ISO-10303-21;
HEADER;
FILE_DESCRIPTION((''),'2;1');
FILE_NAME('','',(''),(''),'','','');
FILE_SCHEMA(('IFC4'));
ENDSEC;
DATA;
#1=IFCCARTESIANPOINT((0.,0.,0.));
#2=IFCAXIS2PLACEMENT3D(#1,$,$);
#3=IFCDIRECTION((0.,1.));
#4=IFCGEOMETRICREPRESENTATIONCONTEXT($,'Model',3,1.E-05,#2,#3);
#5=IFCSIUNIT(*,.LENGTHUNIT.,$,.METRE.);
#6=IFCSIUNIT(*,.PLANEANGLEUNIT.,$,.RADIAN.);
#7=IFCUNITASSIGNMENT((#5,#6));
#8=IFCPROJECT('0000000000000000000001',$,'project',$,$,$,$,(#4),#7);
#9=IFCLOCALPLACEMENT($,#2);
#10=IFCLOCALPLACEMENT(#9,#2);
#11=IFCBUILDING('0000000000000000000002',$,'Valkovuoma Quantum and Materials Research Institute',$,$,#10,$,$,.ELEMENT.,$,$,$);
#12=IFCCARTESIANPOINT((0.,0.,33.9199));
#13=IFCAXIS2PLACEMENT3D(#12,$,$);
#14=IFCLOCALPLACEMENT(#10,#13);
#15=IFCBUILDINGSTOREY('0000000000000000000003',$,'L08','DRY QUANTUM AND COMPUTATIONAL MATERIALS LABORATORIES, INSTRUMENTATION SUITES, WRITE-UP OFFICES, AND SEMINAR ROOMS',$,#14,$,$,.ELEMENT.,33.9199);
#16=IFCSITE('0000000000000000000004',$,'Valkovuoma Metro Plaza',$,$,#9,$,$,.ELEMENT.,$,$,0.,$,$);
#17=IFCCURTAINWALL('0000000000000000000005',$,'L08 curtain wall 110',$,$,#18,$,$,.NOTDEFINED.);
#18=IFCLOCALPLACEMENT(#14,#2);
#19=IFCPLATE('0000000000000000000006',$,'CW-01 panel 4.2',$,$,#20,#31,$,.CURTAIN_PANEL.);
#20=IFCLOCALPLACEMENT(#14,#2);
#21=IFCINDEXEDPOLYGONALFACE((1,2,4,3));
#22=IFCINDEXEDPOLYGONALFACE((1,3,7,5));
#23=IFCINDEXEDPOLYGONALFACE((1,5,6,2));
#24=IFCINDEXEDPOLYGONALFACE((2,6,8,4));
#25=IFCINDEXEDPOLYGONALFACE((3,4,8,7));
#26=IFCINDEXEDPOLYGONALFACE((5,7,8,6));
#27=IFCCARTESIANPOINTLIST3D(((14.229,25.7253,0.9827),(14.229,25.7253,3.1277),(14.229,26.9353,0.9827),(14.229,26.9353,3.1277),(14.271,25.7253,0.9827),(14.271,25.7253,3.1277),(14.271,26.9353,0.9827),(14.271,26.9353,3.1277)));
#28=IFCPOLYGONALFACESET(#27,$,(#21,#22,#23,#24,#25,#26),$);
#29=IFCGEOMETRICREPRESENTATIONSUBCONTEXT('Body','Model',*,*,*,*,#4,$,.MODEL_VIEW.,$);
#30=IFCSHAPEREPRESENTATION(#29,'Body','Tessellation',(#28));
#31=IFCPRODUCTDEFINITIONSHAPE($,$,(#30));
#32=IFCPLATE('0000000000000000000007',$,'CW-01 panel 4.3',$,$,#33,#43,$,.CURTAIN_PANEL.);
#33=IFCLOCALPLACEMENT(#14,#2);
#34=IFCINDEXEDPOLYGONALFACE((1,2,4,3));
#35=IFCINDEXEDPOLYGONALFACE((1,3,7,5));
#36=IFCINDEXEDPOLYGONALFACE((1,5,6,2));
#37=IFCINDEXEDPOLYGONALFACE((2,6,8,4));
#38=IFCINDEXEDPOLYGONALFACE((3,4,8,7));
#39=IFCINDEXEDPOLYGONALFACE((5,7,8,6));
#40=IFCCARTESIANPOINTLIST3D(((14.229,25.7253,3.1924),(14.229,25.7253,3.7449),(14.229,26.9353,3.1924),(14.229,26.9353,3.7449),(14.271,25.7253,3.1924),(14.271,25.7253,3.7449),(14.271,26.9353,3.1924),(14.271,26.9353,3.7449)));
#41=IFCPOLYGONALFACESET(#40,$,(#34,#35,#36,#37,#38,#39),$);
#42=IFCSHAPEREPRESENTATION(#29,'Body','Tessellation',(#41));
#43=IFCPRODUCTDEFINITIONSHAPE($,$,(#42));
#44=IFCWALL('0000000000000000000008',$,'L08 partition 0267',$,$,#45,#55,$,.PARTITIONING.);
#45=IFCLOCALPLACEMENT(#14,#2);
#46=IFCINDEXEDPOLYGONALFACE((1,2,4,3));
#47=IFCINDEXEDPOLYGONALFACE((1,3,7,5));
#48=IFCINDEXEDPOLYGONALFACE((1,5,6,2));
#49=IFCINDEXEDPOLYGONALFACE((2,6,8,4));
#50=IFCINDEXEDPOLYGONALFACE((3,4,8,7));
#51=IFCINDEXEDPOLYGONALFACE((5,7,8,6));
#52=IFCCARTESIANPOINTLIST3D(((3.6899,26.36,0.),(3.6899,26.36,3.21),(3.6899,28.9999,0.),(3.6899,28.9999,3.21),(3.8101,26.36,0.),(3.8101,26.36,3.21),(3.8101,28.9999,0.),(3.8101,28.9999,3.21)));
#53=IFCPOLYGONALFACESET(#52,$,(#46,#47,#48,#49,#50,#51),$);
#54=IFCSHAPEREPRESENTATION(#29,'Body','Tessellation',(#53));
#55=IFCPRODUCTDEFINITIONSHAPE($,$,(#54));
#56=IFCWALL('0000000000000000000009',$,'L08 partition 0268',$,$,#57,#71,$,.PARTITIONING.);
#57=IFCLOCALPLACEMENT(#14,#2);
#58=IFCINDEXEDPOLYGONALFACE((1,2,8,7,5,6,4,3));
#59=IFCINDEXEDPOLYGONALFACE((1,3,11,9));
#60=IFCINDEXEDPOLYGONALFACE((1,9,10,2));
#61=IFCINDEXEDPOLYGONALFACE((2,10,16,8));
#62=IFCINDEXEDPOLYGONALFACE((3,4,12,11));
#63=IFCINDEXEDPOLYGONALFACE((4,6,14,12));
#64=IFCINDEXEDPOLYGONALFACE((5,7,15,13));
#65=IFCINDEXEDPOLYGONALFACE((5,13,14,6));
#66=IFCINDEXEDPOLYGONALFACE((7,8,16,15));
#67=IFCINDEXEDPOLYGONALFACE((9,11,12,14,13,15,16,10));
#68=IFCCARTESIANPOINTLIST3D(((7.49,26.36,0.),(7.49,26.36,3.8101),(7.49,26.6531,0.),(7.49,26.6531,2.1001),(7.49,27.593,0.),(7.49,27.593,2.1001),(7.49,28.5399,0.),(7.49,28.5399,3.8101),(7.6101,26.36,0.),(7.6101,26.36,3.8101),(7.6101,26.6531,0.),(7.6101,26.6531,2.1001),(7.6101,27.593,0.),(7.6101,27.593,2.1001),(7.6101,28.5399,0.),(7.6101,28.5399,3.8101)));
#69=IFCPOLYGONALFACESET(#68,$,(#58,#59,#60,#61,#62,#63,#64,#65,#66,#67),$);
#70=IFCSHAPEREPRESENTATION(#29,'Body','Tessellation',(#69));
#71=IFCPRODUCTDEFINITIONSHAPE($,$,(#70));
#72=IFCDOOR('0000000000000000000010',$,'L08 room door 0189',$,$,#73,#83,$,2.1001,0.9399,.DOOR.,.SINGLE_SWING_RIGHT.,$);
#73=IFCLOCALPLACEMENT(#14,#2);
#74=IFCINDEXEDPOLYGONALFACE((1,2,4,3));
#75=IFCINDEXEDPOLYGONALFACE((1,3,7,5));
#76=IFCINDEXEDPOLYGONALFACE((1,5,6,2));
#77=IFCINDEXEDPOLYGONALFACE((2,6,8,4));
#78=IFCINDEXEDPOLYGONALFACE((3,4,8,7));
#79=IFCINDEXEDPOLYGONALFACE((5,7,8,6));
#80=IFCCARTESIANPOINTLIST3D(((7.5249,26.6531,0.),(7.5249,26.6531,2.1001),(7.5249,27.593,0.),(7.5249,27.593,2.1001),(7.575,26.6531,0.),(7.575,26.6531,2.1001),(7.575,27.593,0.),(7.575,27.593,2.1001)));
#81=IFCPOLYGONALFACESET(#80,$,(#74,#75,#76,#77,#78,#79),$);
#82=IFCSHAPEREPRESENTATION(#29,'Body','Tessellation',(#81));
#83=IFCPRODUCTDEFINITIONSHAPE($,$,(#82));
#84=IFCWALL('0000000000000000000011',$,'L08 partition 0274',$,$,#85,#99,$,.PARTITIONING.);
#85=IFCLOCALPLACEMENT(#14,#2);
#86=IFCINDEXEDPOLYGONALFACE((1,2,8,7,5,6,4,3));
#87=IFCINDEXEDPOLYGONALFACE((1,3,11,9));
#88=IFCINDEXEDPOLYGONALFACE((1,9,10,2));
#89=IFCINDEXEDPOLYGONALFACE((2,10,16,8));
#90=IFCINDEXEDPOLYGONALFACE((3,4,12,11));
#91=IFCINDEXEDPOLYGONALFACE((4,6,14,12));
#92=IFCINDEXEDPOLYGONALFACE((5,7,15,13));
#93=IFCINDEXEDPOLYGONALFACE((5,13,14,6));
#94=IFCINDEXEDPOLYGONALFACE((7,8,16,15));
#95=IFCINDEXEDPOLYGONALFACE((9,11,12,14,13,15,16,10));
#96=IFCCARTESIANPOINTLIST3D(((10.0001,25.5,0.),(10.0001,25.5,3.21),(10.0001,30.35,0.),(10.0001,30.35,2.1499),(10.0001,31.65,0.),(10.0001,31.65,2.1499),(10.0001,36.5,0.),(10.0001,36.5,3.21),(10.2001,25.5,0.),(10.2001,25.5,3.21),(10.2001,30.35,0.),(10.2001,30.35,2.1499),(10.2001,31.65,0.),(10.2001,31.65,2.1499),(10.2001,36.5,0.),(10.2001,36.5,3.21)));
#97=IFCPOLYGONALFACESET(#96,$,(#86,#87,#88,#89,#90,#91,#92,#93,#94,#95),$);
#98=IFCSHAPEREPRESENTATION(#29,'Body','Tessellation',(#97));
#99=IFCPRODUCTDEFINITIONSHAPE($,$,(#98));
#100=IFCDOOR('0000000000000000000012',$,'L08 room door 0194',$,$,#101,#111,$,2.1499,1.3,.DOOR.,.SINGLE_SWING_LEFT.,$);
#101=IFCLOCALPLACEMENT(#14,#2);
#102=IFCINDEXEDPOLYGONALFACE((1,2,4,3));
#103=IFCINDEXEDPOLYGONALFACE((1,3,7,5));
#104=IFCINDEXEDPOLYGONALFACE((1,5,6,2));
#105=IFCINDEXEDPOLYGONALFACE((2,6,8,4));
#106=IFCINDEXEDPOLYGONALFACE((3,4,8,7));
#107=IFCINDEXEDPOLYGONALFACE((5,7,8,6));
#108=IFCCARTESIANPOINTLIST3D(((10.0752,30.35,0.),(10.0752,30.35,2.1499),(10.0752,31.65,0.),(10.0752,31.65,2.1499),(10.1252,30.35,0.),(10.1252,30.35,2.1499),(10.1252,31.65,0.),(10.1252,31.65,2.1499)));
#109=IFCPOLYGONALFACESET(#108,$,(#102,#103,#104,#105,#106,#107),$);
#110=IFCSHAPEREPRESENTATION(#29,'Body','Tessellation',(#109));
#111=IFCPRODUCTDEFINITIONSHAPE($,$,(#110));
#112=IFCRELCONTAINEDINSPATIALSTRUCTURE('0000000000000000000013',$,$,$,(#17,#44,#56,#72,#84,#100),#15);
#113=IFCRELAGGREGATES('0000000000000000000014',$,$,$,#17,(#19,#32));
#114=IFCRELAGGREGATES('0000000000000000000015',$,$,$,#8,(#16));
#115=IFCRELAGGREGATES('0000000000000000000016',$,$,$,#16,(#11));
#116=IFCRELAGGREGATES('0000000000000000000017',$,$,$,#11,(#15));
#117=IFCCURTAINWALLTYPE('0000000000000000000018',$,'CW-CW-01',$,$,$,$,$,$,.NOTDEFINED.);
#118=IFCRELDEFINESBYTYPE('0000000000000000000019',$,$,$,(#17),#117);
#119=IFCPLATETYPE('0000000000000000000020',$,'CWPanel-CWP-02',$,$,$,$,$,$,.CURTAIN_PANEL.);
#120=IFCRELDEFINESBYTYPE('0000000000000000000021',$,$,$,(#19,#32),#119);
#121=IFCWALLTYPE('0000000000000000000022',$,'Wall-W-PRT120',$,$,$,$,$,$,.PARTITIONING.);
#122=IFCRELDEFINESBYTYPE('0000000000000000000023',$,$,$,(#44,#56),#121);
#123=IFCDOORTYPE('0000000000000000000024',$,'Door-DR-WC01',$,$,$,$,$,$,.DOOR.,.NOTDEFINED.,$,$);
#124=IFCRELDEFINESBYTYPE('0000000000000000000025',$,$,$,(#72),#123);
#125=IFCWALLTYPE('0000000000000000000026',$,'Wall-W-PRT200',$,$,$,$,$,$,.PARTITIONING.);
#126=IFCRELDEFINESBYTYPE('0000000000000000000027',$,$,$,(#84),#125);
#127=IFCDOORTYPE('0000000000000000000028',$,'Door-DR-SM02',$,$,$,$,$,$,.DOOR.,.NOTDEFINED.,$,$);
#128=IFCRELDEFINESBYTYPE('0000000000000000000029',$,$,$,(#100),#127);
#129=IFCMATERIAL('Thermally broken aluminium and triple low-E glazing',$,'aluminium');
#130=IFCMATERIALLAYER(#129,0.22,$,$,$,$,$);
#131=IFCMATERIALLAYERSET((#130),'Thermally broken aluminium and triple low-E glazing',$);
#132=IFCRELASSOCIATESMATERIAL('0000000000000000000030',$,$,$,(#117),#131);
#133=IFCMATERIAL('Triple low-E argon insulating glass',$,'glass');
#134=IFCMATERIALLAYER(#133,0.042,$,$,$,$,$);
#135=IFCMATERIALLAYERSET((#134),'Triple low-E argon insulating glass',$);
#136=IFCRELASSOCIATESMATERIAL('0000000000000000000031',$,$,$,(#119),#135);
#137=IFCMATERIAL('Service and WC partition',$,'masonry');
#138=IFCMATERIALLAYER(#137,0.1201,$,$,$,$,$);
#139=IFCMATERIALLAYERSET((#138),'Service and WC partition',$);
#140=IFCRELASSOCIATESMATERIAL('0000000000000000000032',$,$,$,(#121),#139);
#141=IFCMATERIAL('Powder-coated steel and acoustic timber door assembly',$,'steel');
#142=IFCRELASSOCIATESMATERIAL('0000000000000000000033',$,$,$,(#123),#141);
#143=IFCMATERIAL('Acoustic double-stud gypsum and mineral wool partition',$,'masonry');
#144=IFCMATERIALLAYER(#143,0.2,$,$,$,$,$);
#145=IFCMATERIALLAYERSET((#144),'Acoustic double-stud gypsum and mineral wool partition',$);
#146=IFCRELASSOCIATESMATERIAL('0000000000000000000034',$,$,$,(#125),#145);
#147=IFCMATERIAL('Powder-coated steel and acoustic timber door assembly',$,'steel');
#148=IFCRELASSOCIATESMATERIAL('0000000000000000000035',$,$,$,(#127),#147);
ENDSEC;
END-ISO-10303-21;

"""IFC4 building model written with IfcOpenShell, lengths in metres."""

from ifc_helpers import new_model, si_unit, direction, frame, frame_2d, origin, origin_2d, place, context, subcontext, project, spatial, rectangle, extrude, material, layer, layer_set, type_object, element, fill, aggregate, save


model = new_model("IFC4")

# Units and contexts
model_context = context("Model", 3, precision=1e-05, world=origin(), true_north=direction((0.0, 1.0)))
body_context = subcontext(model_context, "Body", "Model", "MODEL_VIEW")
ifc_project = project(units=[si_unit("LENGTHUNIT", "METRE"), si_unit("PLANEANGLEUNIT", "RADIAN")], contexts=[model_context])

# Site, building, storey
site_placement = place(None, origin())
site = spatial("IfcSite", under=ifc_project, at=site_placement, Name="Valkovuoma Metro Plaza", CompositionType="ELEMENT", RefElevation=0.0)
building_placement = place(site_placement, origin())
building = spatial("IfcBuilding", under=site, at=building_placement, Name="Valkovuoma Quantum and Materials Research Institute", CompositionType="ELEMENT")
storey_placement = place(building_placement, frame((0.0, 0.0, 33.9199)))
storey = spatial("IfcBuildingStorey", under=building, at=storey_placement, Name="L08", Description="DRY QUANTUM AND COMPUTATIONAL MATERIALS LABORATORIES, INSTRUMENTATION SUITES, WRITE-UP OFFICES, AND SEMINAR ROOMS", CompositionType="ELEMENT", Elevation=33.9199)

# Curtain wall, plates
ifc_material_1 = material(Name="Thermally broken aluminium and triple low-E glazing", Category="aluminium")
ifc_layer_1 = layer(ifc_material_1, 0.22)
ifc_layer_set_1 = layer_set([ifc_layer_1], Name="Thermally broken aluminium and triple low-E glazing")
curtain_wall_type = type_object("IfcCurtainWallType", Name="CW-CW-01", PredefinedType="NOTDEFINED", material=ifc_layer_set_1)
curtain_wall_placement = place(storey_placement, origin())
curtain_wall = element("IfcCurtainWall", 1, at=curtain_wall_placement, inside=storey, type_object=curtain_wall_type, Name="L08 curtain wall 110", PredefinedType="NOTDEFINED")
ifc_material_2 = material(Name="Triple low-E argon insulating glass", Category="glass")
ifc_layer_2 = layer(ifc_material_2, 0.042)
ifc_layer_set_2 = layer_set([ifc_layer_2], Name="Triple low-E argon insulating glass")
plate_type = type_object("IfcPlateType", Name="CWPanel-CWP-02", PredefinedType="CURTAIN_PANEL", material=ifc_layer_set_2)
plate_1_placement = place(storey_placement, frame((14.25, 26.3303, 0.9827), z_axis=(0.0, 0.0, 1.0), x_axis=(0.0, 1.0, 0.0)))
plate_1 = element("IfcPlate", 2, at=plate_1_placement, type_object=plate_type, Name="CW-01 panel 4.2", PredefinedType="CURTAIN_PANEL", context=body_context, shape_type="SweptSolid", body=[
    extrude(rectangle(XDim=1.21, YDim=0.042, at=origin_2d()), origin(), (0.0, 0.0, 1.0), 2.145),
])
plate_2_placement = place(storey_placement, frame((14.25, 26.3303, 3.1924), z_axis=(0.0, 0.0, 1.0), x_axis=(0.0, 1.0, 0.0)))
plate_2 = element("IfcPlate", 3, at=plate_2_placement, type_object=plate_type, Name="CW-01 panel 4.3", PredefinedType="CURTAIN_PANEL", context=body_context, shape_type="SweptSolid", body=[
    extrude(rectangle(XDim=1.21, YDim=0.042, at=origin_2d()), origin(), (0.0, 0.0, 1.0), 0.5525),
])
aggregate(curtain_wall, [plate_1, plate_2])

# Wall
ifc_material_3 = material(Name="Service and WC partition", Category="masonry")
ifc_layer_3 = layer(ifc_material_3, 0.1201)
ifc_layer_set_3 = layer_set([ifc_layer_3], Name="Service and WC partition")
wall_type_1 = type_object("IfcWallType", Name="Wall-W-PRT120", PredefinedType="PARTITIONING", material=ifc_layer_set_3)
wall_1_placement = place(storey_placement, frame((3.75, 26.3601, 0.0), z_axis=(0.0, 0.0, 1.0), x_axis=(0.0, 1.0, 0.0)))
element("IfcWall", 4, at=wall_1_placement, inside=storey, type_object=wall_type_1, Name="L08 partition 0267", PredefinedType="PARTITIONING", context=body_context, shape_type="SweptSolid", body=[
    extrude(rectangle(XDim=2.6399, YDim=0.1201, at=frame_2d((1.3198, 0.0))), origin(), (0.0, 0.0, 1.0), 3.21),
])

# Walls, openings, doors
wall_2_placement = place(storey_placement, frame((7.55, 26.3601, 0.0), z_axis=(0.0, 0.0, 1.0), x_axis=(0.0, 1.0, 0.0)))
wall_2 = element("IfcWall", 5, at=wall_2_placement, inside=storey, type_object=wall_type_1, Name="L08 partition 0268", PredefinedType="PARTITIONING", context=body_context, shape_type="SweptSolid", body=[
    extrude(rectangle(XDim=2.1799, YDim=0.1201, at=frame_2d((1.0898, 0.0))), origin(), (0.0, 0.0, 1.0), 3.8101),
])
opening_1_placement = place(wall_2_placement, frame((0.293, 0.0, 0.0)))
opening_1 = element("IfcOpeningElement", 6, at=opening_1_placement, cuts=wall_2, PredefinedType="OPENING", context=body_context, shape_type="SweptSolid", body=[
    extrude(rectangle(XDim=0.9399, YDim=2.1001, at=frame_2d((0.47, 1.05))), frame((0.0, 0.0701, 0.0), z_axis=(0.0, -1.0, 0.0), x_axis=(1.0, 0.0, 0.0)), (0.0, 0.0, 1.0), 0.1401),
])
ifc_material_4 = material(Name="Powder-coated steel and acoustic timber door assembly", Category="steel")
door_type_1 = type_object("IfcDoorType", Name="Door-DR-WC01", OperationType="NOTDEFINED", PredefinedType="DOOR", material=ifc_material_4)
door_1_placement = place(opening_1_placement, frame((0.9399, 0.0, 0.0), z_axis=(0.0, 0.0, 1.0), x_axis=(-1.0, 0.0, 0.0)))
door_1 = element("IfcDoor", 7, at=door_1_placement, inside=storey, type_object=door_type_1, Name="L08 room door 0189", OperationType="SINGLE_SWING_RIGHT", OverallHeight=2.1001, OverallWidth=0.9399, PredefinedType="DOOR", context=body_context, shape_type="SweptSolid", body=[
    extrude(rectangle(XDim=0.9399, YDim=2.1001, at=frame_2d((0.47, 1.05))), frame((0.0, 0.0249, 0.0), z_axis=(0.0, -1.0, 0.0), x_axis=(1.0, 0.0, 0.0)), (0.0, 0.0, 1.0), 0.05),
])
fill(opening_1, door_1)
ifc_material_5 = material(Name="Acoustic double-stud gypsum and mineral wool partition", Category="masonry")
ifc_layer_4 = layer(ifc_material_5, 0.2)
ifc_layer_set_4 = layer_set([ifc_layer_4], Name="Acoustic double-stud gypsum and mineral wool partition")
wall_type_2 = type_object("IfcWallType", Name="Wall-W-PRT200", PredefinedType="PARTITIONING", material=ifc_layer_set_4)
wall_3_placement = place(storey_placement, frame((10.1001, 25.5, 0.0), z_axis=(0.0, 0.0, 1.0), x_axis=(0.0, 1.0, 0.0)))
wall_3 = element("IfcWall", 8, at=wall_3_placement, inside=storey, type_object=wall_type_2, Name="L08 partition 0274", PredefinedType="PARTITIONING", context=body_context, shape_type="SweptSolid", body=[
    extrude(rectangle(XDim=11.0, YDim=0.2, at=frame_2d((5.5, 0.0))), origin(), (0.0, 0.0, 1.0), 3.21),
])
opening_2_placement = place(wall_3_placement, frame((4.8501, 0.0, 0.0)))
opening_2 = element("IfcOpeningElement", 9, at=opening_2_placement, cuts=wall_3, PredefinedType="OPENING", context=body_context, shape_type="SweptSolid", body=[
    extrude(rectangle(XDim=1.3, YDim=2.1499, at=frame_2d((0.6499, 1.075))), frame((0.0, 0.1099, 0.0), z_axis=(0.0, -1.0, 0.0), x_axis=(1.0, 0.0, 0.0)), (0.0, 0.0, 1.0), 0.22),
])
ifc_material_6 = material(Name="Powder-coated steel and acoustic timber door assembly", Category="steel")
door_type_2 = type_object("IfcDoorType", Name="Door-DR-SM02", OperationType="NOTDEFINED", PredefinedType="DOOR", material=ifc_material_6)
door_2_placement = place(opening_2_placement, origin())
door_2 = element("IfcDoor", 10, at=door_2_placement, inside=storey, type_object=door_type_2, Name="L08 room door 0194", OperationType="SINGLE_SWING_LEFT", OverallHeight=2.1499, OverallWidth=1.3, PredefinedType="DOOR", context=body_context, shape_type="SweptSolid", body=[
    extrude(rectangle(XDim=1.3, YDim=2.1499, at=frame_2d((0.6499, 1.075))), frame((0.0, 0.0249, 0.0), z_axis=(0.0, -1.0, 0.0), x_axis=(1.0, 0.0, 0.0)), (0.0, 0.0, 1.0), 0.05),
])
fill(opening_2, door_2)

save(model, "model.ifc")
